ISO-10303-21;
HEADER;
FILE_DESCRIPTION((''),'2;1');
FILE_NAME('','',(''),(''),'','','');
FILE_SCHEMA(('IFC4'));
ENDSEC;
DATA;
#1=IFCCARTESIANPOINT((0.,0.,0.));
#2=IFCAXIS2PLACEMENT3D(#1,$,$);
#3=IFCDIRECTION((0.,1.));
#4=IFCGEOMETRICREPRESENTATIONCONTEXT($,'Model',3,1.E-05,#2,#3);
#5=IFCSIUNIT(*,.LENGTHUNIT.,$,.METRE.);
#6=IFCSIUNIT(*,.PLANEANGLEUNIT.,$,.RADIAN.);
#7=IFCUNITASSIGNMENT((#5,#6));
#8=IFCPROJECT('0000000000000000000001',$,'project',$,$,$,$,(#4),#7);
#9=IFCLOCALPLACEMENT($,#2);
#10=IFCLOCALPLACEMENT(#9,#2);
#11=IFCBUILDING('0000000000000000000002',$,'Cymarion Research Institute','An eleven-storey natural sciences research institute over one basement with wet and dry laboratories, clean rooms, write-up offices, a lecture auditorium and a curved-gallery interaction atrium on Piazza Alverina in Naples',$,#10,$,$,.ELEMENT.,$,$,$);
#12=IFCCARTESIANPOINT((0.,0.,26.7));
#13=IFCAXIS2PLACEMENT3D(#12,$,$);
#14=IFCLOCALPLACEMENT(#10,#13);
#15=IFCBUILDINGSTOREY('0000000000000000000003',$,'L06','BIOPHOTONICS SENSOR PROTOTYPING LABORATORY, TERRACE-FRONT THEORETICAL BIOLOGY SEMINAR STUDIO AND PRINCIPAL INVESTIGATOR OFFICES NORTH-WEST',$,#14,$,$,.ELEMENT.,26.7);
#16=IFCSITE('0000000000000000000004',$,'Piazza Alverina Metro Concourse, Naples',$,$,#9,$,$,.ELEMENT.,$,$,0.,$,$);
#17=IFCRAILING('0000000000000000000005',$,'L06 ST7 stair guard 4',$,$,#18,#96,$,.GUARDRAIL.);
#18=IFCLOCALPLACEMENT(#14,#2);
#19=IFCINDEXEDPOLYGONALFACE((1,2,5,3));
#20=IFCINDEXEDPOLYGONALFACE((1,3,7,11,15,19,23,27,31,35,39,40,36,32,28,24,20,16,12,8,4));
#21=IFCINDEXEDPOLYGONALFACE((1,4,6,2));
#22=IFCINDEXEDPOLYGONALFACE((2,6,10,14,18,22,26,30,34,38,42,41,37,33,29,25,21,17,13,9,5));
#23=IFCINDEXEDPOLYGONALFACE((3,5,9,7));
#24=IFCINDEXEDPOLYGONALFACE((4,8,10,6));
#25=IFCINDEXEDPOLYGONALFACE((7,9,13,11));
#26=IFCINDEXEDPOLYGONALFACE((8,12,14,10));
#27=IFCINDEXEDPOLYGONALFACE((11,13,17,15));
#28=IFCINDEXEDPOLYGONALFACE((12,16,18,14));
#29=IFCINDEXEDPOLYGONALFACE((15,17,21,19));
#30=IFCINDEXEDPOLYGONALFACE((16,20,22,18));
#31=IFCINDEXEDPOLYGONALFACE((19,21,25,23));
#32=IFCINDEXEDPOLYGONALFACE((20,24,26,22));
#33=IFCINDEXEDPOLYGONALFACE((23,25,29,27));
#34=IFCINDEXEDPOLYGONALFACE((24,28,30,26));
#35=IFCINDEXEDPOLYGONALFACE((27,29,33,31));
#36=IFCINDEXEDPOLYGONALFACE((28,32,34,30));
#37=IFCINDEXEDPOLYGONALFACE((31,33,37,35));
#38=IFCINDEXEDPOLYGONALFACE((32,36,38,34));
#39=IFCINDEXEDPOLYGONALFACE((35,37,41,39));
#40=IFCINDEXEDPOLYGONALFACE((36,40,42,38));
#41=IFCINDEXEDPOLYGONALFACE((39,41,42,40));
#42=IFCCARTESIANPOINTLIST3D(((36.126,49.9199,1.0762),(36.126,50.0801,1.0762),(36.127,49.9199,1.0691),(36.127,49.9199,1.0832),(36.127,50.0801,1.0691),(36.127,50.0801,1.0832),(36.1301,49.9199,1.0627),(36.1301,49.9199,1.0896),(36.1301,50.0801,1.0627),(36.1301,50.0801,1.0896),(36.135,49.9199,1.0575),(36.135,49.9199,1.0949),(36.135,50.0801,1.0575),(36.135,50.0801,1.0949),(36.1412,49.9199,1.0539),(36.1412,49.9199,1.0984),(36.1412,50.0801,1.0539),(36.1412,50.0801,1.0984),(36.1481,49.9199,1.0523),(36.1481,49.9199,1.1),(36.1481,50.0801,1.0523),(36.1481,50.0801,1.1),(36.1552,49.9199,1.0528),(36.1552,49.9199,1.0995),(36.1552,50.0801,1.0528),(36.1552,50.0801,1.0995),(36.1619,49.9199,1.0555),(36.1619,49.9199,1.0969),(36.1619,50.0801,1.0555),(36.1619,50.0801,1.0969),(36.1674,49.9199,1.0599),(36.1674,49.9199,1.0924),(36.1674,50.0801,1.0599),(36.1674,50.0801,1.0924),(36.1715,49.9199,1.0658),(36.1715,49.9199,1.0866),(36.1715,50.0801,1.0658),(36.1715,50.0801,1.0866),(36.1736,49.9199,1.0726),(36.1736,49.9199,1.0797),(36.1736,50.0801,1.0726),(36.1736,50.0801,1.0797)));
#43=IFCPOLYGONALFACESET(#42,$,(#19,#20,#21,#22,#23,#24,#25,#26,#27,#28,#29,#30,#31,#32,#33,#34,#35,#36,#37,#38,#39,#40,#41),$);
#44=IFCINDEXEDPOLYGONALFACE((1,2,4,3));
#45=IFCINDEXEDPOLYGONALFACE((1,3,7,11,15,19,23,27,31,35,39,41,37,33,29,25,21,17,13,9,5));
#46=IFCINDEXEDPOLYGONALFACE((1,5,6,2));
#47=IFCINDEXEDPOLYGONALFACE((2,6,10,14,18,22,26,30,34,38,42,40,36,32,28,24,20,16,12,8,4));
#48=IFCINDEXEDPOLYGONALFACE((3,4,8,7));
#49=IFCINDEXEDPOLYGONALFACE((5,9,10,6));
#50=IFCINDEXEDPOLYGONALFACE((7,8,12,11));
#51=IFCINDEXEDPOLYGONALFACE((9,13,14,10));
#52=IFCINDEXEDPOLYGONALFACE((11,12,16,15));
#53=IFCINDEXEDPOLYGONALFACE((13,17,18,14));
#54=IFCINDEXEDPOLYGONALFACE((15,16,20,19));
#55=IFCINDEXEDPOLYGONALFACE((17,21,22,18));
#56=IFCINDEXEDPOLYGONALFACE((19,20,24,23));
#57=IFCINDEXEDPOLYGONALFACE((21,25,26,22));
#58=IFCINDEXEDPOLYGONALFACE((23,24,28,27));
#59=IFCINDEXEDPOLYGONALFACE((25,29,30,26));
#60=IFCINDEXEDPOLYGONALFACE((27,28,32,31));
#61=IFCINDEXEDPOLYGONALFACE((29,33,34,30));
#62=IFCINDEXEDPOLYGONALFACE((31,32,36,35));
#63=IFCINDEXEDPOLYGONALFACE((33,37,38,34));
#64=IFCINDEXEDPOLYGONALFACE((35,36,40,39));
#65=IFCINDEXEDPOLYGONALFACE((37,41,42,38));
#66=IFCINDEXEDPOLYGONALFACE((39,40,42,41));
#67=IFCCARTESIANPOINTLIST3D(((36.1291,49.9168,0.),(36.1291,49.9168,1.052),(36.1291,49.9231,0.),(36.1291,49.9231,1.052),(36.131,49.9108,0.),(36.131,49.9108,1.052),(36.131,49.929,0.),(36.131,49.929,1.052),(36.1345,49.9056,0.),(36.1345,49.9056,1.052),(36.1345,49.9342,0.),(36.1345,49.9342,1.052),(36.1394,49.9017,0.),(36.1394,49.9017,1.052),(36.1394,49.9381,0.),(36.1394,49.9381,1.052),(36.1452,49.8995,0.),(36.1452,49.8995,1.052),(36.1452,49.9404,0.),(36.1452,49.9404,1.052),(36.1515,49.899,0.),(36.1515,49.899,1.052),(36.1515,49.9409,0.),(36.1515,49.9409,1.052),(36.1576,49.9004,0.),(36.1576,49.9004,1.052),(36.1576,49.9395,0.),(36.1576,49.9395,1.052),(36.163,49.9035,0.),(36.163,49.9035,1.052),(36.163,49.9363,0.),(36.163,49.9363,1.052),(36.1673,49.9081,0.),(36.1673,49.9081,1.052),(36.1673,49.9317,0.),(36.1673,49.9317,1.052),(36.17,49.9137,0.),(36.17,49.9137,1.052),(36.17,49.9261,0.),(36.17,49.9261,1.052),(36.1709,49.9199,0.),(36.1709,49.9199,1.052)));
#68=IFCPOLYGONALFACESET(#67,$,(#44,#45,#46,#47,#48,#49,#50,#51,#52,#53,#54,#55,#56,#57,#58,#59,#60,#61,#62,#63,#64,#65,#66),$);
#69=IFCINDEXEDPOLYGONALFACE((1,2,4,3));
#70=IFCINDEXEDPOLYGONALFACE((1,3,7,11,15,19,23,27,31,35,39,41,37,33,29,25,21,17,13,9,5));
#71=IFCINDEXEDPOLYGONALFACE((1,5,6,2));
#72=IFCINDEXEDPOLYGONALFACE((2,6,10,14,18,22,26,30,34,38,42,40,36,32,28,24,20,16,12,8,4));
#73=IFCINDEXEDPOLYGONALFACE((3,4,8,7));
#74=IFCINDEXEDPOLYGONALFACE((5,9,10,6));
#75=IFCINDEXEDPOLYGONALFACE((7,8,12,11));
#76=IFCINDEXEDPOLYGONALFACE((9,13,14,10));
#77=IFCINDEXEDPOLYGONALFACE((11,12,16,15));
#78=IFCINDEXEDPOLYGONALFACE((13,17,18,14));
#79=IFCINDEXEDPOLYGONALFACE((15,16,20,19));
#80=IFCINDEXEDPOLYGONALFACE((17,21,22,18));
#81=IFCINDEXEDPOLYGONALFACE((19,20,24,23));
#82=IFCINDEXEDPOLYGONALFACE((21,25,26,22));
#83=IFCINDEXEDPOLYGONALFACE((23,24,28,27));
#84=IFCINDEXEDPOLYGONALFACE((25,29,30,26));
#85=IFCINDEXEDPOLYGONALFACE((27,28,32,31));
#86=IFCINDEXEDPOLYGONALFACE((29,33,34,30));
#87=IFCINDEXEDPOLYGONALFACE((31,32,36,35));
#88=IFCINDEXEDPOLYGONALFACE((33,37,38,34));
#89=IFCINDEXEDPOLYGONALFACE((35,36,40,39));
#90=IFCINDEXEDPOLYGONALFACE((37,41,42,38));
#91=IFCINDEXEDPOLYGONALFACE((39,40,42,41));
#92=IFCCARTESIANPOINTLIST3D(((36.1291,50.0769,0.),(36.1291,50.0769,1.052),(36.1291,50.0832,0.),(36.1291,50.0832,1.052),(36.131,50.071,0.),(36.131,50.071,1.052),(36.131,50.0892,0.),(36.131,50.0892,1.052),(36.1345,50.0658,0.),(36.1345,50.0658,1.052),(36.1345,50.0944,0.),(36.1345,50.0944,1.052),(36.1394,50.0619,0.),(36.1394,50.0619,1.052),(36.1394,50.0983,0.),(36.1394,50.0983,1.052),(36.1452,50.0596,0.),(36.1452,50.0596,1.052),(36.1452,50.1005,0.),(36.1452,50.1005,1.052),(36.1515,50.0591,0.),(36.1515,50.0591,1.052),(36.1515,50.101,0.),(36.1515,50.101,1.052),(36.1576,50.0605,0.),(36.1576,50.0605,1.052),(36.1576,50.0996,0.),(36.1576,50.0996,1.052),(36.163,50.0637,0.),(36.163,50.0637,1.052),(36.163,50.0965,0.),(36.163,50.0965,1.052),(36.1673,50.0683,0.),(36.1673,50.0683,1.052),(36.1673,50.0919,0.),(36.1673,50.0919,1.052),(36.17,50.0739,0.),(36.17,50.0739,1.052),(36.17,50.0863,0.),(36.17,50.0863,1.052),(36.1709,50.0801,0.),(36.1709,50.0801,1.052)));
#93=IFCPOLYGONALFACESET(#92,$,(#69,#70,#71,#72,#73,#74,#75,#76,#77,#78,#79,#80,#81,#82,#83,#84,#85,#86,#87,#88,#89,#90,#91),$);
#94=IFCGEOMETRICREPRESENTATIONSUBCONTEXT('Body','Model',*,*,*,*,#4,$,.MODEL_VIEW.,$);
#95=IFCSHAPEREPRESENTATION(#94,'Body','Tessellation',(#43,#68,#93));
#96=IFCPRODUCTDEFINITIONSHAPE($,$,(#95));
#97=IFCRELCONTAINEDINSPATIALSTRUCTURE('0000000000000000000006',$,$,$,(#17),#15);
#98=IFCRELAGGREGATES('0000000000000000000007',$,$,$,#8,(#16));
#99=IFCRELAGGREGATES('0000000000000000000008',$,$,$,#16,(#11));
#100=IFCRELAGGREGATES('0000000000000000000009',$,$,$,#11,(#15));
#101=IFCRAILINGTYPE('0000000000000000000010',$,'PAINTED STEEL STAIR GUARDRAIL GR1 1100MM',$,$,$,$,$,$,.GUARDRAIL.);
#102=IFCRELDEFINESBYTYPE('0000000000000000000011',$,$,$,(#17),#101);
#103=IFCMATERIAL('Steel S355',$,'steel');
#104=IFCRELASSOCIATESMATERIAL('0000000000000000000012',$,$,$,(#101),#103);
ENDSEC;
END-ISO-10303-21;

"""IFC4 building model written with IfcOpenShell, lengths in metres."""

from ifc_helpers import new_model, si_unit, direction, frame, origin, origin_2d, place, context, subcontext, project, spatial, circle, extrude, material, type_object, element, save


model = new_model("IFC4")

# Units and contexts
model_context = context("Model", 3, precision=1e-05, world=origin(), true_north=direction((0.0, 1.0)))
body_context = subcontext(model_context, "Body", "Model", "MODEL_VIEW")
ifc_project = project(units=[si_unit("LENGTHUNIT", "METRE"), si_unit("PLANEANGLEUNIT", "RADIAN")], contexts=[model_context])

# Site, building, storey
site_placement = place(None, origin())
site = spatial("IfcSite", under=ifc_project, at=site_placement, Name="Piazza Alverina Metro Concourse, Naples", CompositionType="ELEMENT", RefElevation=0.0)
building_placement = place(site_placement, origin())
building = spatial("IfcBuilding", under=site, at=building_placement, Name="Cymarion Research Institute", Description="An eleven-storey natural sciences research institute over one basement with wet and dry laboratories, clean rooms, write-up offices, a lecture auditorium and a curved-gallery interaction atrium on Piazza Alverina in Naples", CompositionType="ELEMENT")
storey_placement = place(building_placement, frame((0.0, 0.0, 26.7)))
storey = spatial("IfcBuildingStorey", under=building, at=storey_placement, Name="L06", Description="BIOPHOTONICS SENSOR PROTOTYPING LABORATORY, TERRACE-FRONT THEORETICAL BIOLOGY SEMINAR STUDIO AND PRINCIPAL INVESTIGATOR OFFICES NORTH-WEST", CompositionType="ELEMENT", Elevation=26.7)

# Shared definitions
ifc_material_1 = material(Name="Steel S355", Category="steel")

# Railing
railing_type_1 = type_object("IfcRailingType", Name="PAINTED STEEL STAIR GUARDRAIL GR1 1100MM", PredefinedType="GUARDRAIL", material=ifc_material_1)
railing_1_placement = place(storey_placement, frame((36.1499, 49.9199, 0.0)))
element("IfcRailing", 1, at=railing_1_placement, inside=storey, type_object=railing_type_1, Name="L06 ST7 stair guard 4", PredefinedType="GUARDRAIL", context=body_context, shape_type="SweptSolid", body=[
    extrude(circle(Radius=0.0239, at=origin_2d()), frame((0.0, 0.0, 1.0762), z_axis=(0.0, 1.0, 0.0), x_axis=(-1.0, 0.0, 0.0)), (0.0, 0.0, 1.0), 0.1602),
    extrude(circle(Radius=0.021, at=origin_2d()), origin(), (0.0, 0.0, 1.0), 1.052),
    extrude(circle(Radius=0.021, at=origin_2d()), frame((0.0, 0.1602, 0.0)), (0.0, 0.0, 1.0), 1.052),
])

save(model, "model.ifc")
